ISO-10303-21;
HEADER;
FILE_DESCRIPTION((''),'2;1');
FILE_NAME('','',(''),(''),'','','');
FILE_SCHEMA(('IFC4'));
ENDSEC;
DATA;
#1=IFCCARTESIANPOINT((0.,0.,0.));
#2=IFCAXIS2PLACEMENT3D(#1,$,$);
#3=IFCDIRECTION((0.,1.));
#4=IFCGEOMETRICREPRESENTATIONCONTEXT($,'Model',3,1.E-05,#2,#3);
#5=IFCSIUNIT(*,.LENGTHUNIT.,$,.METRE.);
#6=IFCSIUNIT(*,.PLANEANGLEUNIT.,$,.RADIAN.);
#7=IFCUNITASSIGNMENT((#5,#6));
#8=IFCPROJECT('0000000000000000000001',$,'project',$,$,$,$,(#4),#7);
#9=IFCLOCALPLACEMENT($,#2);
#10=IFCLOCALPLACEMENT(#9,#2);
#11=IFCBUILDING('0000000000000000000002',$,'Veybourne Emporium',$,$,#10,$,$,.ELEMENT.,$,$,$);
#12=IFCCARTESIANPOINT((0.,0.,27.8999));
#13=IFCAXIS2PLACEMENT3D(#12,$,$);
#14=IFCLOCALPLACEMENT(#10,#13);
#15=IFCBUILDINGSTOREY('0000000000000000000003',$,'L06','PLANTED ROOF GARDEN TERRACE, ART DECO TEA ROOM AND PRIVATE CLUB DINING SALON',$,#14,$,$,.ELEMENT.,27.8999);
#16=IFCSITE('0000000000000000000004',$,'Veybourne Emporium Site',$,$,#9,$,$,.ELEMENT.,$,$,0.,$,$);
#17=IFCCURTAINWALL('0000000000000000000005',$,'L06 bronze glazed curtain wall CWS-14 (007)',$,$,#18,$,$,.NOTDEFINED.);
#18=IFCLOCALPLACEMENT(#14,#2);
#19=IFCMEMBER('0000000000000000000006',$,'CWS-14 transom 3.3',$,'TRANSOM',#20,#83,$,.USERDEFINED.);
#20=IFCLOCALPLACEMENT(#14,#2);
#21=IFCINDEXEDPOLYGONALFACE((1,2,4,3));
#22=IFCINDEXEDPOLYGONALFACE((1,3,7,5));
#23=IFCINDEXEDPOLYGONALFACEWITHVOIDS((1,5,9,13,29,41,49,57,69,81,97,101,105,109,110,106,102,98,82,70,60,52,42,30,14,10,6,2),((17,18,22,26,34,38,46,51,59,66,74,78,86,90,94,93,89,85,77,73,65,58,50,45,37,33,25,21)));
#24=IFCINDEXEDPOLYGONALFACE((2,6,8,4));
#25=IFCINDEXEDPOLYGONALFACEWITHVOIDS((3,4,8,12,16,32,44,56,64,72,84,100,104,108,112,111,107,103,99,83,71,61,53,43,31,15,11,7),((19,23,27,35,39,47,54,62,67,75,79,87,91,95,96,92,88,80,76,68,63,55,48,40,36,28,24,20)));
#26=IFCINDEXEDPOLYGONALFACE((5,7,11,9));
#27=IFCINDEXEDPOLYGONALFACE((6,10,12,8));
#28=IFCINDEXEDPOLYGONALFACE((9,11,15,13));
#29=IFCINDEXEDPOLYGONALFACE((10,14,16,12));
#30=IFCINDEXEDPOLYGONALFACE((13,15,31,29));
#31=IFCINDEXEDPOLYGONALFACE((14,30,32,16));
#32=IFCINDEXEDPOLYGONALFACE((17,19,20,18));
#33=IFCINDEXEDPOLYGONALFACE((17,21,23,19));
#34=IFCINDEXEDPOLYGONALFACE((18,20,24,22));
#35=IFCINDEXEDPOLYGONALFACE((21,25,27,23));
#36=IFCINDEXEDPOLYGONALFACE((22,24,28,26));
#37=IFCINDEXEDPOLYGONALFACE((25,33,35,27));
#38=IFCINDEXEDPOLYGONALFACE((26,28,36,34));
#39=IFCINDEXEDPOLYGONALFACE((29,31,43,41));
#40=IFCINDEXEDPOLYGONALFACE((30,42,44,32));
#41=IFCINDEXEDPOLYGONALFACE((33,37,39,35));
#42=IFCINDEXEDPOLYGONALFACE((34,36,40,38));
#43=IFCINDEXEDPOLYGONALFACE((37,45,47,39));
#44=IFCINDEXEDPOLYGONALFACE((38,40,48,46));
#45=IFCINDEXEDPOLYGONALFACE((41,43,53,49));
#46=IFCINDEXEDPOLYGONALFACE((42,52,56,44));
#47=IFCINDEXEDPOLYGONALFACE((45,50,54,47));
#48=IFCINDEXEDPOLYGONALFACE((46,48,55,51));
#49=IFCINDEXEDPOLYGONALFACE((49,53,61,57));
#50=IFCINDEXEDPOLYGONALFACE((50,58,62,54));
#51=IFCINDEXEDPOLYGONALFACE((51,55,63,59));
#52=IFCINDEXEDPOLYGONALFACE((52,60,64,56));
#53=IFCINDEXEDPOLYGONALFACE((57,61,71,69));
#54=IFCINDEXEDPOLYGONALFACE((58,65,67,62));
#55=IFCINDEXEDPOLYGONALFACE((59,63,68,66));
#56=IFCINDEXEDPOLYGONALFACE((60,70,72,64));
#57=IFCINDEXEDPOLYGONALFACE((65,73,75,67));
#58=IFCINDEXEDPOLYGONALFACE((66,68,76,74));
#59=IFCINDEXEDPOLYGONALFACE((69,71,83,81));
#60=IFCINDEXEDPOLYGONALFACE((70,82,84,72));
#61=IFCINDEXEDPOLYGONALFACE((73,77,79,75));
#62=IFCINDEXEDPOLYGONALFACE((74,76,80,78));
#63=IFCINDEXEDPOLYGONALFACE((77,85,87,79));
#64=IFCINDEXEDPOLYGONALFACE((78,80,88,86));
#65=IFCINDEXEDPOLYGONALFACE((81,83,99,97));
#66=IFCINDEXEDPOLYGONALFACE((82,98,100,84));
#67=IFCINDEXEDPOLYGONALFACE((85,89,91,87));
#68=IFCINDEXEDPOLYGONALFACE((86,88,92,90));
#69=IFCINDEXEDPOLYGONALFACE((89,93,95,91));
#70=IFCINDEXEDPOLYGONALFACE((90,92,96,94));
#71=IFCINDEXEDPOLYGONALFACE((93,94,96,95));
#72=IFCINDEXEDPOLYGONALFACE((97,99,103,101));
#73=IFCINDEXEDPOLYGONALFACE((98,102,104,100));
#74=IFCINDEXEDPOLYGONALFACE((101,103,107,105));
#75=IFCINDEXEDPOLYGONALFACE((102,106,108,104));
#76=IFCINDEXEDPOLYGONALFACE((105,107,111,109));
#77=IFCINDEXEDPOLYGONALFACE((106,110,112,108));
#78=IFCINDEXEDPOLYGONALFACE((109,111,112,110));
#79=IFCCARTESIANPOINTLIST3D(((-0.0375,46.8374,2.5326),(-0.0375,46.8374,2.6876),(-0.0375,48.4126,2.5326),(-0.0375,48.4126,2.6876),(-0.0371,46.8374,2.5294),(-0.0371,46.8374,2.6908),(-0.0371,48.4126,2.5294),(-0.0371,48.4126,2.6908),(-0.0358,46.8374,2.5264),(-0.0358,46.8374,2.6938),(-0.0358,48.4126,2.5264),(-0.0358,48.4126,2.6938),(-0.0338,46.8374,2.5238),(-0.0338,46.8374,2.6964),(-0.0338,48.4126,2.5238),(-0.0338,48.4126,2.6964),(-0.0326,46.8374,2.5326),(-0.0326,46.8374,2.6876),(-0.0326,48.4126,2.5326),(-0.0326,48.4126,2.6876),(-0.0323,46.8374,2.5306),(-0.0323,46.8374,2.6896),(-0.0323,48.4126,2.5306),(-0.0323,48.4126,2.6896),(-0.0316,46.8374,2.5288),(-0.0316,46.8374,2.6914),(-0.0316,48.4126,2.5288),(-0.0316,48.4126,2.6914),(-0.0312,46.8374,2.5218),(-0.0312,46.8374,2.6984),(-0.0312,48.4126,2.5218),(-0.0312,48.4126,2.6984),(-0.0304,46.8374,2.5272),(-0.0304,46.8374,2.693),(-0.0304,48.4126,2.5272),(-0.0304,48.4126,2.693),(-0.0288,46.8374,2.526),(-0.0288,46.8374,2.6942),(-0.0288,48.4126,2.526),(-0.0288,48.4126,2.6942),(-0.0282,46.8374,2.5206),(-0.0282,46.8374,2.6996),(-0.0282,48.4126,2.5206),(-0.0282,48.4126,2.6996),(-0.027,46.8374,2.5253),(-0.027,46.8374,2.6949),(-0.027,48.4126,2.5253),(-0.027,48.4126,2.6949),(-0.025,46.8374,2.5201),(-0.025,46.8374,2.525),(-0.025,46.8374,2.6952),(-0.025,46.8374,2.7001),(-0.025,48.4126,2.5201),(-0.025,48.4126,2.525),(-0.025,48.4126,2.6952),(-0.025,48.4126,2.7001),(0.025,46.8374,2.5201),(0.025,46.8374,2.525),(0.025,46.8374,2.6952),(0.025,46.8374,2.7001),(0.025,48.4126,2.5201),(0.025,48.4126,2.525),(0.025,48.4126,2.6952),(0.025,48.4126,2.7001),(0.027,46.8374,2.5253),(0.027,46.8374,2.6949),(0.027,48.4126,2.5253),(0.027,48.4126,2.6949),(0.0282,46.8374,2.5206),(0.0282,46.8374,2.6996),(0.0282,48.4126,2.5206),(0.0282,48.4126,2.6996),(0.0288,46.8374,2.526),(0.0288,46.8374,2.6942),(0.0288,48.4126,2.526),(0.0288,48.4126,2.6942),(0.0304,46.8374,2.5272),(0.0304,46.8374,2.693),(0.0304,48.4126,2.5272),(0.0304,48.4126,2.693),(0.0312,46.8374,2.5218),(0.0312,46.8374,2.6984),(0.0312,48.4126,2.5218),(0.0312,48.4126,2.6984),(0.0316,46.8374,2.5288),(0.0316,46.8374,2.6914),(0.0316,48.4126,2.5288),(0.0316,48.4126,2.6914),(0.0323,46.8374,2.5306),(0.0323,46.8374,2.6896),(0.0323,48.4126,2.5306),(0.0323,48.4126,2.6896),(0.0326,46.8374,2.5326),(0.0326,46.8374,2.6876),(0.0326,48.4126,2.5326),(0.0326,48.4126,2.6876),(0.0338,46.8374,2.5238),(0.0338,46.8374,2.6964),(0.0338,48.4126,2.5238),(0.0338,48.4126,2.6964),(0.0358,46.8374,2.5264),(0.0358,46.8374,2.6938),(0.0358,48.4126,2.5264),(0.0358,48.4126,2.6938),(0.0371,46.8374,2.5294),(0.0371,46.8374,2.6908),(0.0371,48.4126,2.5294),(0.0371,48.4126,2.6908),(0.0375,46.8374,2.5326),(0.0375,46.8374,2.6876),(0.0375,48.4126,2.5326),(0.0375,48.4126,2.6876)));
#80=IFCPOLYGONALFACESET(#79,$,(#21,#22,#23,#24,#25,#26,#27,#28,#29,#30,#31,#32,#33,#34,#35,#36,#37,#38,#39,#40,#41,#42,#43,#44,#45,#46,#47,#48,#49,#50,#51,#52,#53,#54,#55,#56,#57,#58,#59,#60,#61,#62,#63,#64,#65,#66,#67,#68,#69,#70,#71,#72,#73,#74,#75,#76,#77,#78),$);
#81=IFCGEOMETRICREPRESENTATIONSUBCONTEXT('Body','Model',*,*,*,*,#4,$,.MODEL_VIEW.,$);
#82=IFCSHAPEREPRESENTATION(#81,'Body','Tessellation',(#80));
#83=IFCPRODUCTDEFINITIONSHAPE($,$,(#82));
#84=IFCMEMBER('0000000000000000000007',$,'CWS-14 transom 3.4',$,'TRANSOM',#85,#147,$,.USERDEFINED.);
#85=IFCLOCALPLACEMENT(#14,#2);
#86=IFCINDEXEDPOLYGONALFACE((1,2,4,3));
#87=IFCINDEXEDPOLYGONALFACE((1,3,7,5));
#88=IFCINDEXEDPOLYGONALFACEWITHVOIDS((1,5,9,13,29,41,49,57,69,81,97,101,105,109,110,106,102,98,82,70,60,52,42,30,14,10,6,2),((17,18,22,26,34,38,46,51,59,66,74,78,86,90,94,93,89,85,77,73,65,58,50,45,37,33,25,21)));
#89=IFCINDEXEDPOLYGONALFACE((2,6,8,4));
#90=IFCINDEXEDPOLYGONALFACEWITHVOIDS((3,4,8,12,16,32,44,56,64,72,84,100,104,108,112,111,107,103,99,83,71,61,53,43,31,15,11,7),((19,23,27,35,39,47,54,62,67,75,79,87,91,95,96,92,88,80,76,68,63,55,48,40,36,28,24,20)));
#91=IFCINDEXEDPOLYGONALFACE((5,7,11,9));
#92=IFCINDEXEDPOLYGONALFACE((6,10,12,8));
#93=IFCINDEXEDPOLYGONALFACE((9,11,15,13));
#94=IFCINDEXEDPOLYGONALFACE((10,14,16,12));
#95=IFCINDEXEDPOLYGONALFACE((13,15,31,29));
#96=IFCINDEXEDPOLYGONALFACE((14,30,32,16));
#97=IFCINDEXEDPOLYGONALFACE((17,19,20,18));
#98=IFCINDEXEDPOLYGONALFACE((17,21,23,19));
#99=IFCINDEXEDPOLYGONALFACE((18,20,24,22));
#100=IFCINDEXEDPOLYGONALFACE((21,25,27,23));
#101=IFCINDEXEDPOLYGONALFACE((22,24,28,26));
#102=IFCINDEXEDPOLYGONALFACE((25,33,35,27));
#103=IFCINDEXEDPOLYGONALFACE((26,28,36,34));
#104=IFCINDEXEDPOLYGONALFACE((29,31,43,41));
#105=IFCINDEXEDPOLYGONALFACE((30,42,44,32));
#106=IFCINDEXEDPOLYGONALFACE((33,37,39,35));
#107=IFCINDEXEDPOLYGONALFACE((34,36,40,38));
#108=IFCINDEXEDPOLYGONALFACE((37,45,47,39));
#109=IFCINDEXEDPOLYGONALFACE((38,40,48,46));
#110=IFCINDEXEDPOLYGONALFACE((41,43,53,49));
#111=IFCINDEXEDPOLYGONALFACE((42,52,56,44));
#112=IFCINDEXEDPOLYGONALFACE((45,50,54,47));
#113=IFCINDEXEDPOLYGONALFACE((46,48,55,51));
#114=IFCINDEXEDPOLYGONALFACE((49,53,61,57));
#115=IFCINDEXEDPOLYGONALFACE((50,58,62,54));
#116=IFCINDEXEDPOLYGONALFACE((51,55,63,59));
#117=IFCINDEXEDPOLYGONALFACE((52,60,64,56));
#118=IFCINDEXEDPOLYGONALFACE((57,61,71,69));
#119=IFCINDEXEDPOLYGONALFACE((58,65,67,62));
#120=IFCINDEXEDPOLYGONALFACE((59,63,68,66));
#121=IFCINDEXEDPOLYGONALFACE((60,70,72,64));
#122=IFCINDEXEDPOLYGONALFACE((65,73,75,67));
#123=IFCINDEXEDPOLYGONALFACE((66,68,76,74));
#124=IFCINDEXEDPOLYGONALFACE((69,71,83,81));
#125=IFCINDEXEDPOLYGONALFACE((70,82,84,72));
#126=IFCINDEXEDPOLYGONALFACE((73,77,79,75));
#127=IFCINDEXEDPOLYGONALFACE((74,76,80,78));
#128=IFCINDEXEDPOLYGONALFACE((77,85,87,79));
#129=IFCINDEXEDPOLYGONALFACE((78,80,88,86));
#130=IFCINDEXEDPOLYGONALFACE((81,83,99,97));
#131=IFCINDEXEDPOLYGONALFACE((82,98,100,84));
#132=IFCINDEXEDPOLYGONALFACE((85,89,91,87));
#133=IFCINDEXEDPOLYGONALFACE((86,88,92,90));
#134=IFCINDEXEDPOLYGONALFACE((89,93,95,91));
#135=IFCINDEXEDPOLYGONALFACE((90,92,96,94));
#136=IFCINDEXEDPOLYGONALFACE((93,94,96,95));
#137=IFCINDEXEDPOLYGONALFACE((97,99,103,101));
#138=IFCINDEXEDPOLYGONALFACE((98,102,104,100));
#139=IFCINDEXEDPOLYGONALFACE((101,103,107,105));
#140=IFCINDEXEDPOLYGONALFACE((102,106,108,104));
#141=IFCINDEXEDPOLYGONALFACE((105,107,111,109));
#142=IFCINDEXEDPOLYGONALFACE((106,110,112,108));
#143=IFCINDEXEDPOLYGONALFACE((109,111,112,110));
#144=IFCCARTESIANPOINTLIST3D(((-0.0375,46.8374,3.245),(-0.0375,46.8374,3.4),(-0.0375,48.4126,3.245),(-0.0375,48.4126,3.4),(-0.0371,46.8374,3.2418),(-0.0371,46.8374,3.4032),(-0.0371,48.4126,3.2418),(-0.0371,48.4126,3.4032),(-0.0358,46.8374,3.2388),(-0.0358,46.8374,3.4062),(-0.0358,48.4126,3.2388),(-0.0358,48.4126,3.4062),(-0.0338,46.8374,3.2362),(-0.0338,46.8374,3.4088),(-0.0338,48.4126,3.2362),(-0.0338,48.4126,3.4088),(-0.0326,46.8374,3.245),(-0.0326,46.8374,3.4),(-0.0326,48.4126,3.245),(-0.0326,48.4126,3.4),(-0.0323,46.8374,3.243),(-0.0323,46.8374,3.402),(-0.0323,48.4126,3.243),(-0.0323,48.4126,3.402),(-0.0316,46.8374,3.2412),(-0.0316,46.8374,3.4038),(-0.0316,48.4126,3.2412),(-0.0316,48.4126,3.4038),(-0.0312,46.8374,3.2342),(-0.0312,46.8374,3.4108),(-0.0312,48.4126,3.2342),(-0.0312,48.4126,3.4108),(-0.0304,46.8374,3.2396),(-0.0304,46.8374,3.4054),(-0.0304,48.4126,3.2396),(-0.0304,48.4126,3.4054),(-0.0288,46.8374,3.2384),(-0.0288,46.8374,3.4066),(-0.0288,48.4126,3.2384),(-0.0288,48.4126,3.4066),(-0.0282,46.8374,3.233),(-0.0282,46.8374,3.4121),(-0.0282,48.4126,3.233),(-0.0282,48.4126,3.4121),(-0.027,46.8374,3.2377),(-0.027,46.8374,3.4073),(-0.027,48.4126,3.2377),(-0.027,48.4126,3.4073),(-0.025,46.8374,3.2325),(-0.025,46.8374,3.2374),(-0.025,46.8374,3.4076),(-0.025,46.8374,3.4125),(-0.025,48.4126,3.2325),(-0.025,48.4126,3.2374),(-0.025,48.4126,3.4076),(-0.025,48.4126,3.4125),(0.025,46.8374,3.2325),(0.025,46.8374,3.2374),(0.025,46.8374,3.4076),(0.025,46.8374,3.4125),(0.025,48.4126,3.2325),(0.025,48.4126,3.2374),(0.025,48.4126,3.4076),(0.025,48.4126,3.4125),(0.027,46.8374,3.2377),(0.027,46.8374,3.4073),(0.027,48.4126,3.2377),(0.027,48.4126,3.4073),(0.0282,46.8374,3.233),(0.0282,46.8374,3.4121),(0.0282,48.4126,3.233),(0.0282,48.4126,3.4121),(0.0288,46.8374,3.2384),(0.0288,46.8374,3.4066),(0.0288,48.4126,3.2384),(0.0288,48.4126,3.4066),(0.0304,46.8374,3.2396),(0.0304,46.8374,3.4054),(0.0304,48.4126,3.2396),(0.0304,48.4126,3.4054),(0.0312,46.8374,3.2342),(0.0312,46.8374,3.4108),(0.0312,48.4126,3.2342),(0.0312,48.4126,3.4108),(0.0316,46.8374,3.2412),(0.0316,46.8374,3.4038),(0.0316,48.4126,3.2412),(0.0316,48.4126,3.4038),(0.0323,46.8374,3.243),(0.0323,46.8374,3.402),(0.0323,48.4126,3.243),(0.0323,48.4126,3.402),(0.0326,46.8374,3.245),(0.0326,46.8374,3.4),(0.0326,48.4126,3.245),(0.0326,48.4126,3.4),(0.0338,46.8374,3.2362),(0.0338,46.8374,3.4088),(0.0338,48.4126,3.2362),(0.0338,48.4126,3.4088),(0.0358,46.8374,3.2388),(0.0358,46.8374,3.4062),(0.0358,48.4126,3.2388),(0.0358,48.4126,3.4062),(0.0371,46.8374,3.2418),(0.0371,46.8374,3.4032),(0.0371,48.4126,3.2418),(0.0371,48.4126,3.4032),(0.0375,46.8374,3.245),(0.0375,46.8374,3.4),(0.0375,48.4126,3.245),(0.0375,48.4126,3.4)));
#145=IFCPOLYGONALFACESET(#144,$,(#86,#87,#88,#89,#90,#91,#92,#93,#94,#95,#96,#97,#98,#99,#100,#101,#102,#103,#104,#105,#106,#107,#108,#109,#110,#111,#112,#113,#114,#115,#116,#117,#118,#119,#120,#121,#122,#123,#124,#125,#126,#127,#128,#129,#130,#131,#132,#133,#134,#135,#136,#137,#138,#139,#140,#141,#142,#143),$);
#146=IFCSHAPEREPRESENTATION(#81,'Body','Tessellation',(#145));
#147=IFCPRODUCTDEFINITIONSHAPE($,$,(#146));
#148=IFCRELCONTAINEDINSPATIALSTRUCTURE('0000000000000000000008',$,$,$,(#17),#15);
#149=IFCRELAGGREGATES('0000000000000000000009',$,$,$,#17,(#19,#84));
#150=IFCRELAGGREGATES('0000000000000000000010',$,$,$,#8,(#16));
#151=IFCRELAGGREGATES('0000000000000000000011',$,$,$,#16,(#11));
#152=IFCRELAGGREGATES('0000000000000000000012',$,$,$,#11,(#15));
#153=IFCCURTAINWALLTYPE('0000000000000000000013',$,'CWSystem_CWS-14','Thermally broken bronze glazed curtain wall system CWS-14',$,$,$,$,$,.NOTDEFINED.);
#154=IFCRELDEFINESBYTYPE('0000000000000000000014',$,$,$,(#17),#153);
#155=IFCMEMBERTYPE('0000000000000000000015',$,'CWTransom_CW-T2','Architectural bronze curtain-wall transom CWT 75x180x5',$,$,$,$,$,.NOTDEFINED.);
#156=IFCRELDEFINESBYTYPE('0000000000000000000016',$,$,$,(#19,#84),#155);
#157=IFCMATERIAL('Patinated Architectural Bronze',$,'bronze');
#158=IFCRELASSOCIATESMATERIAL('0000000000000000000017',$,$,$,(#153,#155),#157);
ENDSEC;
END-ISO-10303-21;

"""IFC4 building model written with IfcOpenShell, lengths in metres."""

from ifc_helpers import new_model, si_unit, direction, frame, origin, origin_2d, place, context, subcontext, project, spatial, hollow_rectangle, extrude, material, material_profile, profile_set, type_object, element, aggregate, save


model = new_model("IFC4")

# Units and contexts
model_context = context("Model", 3, precision=1e-05, world=origin(), true_north=direction((0.0, 1.0)))
body_context = subcontext(model_context, "Body", "Model", "MODEL_VIEW")
ifc_project = project(units=[si_unit("LENGTHUNIT", "METRE"), si_unit("PLANEANGLEUNIT", "RADIAN")], contexts=[model_context])

# Site, building, storey
site_placement = place(None, origin())
site = spatial("IfcSite", under=ifc_project, at=site_placement, Name="Veybourne Emporium Site", CompositionType="ELEMENT", RefElevation=0.0)
building_placement = place(site_placement, origin())
building = spatial("IfcBuilding", under=site, at=building_placement, Name="Veybourne Emporium", CompositionType="ELEMENT")
storey_placement = place(building_placement, frame((0.0, 0.0, 27.8999)))
storey = spatial("IfcBuildingStorey", under=building, at=storey_placement, Name="L06", Description="PLANTED ROOF GARDEN TERRACE, ART DECO TEA ROOM AND PRIVATE CLUB DINING SALON", CompositionType="ELEMENT", Elevation=27.8999)

# Curtain wall, members
ifc_material_1 = material(Name="Patinated Architectural Bronze", Category="bronze")
curtain_wall_type = type_object("IfcCurtainWallType", Name="CWSystem_CWS-14", Description="Thermally broken bronze glazed curtain wall system CWS-14", PredefinedType="NOTDEFINED", material=ifc_material_1)
curtain_wall_placement = place(storey_placement, origin())
curtain_wall = element("IfcCurtainWall", 1, at=curtain_wall_placement, inside=storey, type_object=curtain_wall_type, Name="L06 bronze glazed curtain wall CWS-14 (007)", PredefinedType="NOTDEFINED")
ifc_material_profile_1 = material_profile(ifc_material_1, hollow_rectangle(XDim=0.075, YDim=0.1799, WallThickness=0.0049, InnerFilletRadius=0.0076, OuterFilletRadius=0.0125, at=origin_2d()), Name="CWT 75x180x5")
ifc_profile_set_1 = profile_set([ifc_material_profile_1], Name="Patinated Architectural Bronze")
member_type_1 = type_object("IfcMemberType", Name="CWTransom_CW-T2", Description="Architectural bronze curtain-wall transom CWT 75x180x5", PredefinedType="NOTDEFINED", material=ifc_profile_set_1)
member_1_placement = place(storey_placement, frame((0.0, 46.8374, 2.6101), z_axis=(0.0, 1.0, 0.0), x_axis=(-1.0, 0.0, 0.0)))
member_1 = element("IfcMember", 2, at=member_1_placement, type_object=member_type_1, Name="CWS-14 transom 3.3", ObjectType="TRANSOM", PredefinedType="USERDEFINED", context=body_context, shape_type="SweptSolid", body=[
    extrude(hollow_rectangle(XDim=0.075, YDim=0.1799, WallThickness=0.0049, InnerFilletRadius=0.0076, OuterFilletRadius=0.0125, at=origin_2d()), origin(), (0.0, 0.0, 1.0), 1.5752),
])
member_2_placement = place(storey_placement, frame((0.0, 46.8374, 3.3225), z_axis=(0.0, 1.0, 0.0), x_axis=(-1.0, 0.0, 0.0)))
member_2 = element("IfcMember", 3, at=member_2_placement, type_object=member_type_1, Name="CWS-14 transom 3.4", ObjectType="TRANSOM", PredefinedType="USERDEFINED", context=body_context, shape_type="SweptSolid", body=[
    extrude(hollow_rectangle(XDim=0.075, YDim=0.1799, WallThickness=0.0049, InnerFilletRadius=0.0076, OuterFilletRadius=0.0125, at=origin_2d()), origin(), (0.0, 0.0, 1.0), 1.5752),
])

aggregate(curtain_wall, [member_1, member_2])

save(model, "model.ifc")
